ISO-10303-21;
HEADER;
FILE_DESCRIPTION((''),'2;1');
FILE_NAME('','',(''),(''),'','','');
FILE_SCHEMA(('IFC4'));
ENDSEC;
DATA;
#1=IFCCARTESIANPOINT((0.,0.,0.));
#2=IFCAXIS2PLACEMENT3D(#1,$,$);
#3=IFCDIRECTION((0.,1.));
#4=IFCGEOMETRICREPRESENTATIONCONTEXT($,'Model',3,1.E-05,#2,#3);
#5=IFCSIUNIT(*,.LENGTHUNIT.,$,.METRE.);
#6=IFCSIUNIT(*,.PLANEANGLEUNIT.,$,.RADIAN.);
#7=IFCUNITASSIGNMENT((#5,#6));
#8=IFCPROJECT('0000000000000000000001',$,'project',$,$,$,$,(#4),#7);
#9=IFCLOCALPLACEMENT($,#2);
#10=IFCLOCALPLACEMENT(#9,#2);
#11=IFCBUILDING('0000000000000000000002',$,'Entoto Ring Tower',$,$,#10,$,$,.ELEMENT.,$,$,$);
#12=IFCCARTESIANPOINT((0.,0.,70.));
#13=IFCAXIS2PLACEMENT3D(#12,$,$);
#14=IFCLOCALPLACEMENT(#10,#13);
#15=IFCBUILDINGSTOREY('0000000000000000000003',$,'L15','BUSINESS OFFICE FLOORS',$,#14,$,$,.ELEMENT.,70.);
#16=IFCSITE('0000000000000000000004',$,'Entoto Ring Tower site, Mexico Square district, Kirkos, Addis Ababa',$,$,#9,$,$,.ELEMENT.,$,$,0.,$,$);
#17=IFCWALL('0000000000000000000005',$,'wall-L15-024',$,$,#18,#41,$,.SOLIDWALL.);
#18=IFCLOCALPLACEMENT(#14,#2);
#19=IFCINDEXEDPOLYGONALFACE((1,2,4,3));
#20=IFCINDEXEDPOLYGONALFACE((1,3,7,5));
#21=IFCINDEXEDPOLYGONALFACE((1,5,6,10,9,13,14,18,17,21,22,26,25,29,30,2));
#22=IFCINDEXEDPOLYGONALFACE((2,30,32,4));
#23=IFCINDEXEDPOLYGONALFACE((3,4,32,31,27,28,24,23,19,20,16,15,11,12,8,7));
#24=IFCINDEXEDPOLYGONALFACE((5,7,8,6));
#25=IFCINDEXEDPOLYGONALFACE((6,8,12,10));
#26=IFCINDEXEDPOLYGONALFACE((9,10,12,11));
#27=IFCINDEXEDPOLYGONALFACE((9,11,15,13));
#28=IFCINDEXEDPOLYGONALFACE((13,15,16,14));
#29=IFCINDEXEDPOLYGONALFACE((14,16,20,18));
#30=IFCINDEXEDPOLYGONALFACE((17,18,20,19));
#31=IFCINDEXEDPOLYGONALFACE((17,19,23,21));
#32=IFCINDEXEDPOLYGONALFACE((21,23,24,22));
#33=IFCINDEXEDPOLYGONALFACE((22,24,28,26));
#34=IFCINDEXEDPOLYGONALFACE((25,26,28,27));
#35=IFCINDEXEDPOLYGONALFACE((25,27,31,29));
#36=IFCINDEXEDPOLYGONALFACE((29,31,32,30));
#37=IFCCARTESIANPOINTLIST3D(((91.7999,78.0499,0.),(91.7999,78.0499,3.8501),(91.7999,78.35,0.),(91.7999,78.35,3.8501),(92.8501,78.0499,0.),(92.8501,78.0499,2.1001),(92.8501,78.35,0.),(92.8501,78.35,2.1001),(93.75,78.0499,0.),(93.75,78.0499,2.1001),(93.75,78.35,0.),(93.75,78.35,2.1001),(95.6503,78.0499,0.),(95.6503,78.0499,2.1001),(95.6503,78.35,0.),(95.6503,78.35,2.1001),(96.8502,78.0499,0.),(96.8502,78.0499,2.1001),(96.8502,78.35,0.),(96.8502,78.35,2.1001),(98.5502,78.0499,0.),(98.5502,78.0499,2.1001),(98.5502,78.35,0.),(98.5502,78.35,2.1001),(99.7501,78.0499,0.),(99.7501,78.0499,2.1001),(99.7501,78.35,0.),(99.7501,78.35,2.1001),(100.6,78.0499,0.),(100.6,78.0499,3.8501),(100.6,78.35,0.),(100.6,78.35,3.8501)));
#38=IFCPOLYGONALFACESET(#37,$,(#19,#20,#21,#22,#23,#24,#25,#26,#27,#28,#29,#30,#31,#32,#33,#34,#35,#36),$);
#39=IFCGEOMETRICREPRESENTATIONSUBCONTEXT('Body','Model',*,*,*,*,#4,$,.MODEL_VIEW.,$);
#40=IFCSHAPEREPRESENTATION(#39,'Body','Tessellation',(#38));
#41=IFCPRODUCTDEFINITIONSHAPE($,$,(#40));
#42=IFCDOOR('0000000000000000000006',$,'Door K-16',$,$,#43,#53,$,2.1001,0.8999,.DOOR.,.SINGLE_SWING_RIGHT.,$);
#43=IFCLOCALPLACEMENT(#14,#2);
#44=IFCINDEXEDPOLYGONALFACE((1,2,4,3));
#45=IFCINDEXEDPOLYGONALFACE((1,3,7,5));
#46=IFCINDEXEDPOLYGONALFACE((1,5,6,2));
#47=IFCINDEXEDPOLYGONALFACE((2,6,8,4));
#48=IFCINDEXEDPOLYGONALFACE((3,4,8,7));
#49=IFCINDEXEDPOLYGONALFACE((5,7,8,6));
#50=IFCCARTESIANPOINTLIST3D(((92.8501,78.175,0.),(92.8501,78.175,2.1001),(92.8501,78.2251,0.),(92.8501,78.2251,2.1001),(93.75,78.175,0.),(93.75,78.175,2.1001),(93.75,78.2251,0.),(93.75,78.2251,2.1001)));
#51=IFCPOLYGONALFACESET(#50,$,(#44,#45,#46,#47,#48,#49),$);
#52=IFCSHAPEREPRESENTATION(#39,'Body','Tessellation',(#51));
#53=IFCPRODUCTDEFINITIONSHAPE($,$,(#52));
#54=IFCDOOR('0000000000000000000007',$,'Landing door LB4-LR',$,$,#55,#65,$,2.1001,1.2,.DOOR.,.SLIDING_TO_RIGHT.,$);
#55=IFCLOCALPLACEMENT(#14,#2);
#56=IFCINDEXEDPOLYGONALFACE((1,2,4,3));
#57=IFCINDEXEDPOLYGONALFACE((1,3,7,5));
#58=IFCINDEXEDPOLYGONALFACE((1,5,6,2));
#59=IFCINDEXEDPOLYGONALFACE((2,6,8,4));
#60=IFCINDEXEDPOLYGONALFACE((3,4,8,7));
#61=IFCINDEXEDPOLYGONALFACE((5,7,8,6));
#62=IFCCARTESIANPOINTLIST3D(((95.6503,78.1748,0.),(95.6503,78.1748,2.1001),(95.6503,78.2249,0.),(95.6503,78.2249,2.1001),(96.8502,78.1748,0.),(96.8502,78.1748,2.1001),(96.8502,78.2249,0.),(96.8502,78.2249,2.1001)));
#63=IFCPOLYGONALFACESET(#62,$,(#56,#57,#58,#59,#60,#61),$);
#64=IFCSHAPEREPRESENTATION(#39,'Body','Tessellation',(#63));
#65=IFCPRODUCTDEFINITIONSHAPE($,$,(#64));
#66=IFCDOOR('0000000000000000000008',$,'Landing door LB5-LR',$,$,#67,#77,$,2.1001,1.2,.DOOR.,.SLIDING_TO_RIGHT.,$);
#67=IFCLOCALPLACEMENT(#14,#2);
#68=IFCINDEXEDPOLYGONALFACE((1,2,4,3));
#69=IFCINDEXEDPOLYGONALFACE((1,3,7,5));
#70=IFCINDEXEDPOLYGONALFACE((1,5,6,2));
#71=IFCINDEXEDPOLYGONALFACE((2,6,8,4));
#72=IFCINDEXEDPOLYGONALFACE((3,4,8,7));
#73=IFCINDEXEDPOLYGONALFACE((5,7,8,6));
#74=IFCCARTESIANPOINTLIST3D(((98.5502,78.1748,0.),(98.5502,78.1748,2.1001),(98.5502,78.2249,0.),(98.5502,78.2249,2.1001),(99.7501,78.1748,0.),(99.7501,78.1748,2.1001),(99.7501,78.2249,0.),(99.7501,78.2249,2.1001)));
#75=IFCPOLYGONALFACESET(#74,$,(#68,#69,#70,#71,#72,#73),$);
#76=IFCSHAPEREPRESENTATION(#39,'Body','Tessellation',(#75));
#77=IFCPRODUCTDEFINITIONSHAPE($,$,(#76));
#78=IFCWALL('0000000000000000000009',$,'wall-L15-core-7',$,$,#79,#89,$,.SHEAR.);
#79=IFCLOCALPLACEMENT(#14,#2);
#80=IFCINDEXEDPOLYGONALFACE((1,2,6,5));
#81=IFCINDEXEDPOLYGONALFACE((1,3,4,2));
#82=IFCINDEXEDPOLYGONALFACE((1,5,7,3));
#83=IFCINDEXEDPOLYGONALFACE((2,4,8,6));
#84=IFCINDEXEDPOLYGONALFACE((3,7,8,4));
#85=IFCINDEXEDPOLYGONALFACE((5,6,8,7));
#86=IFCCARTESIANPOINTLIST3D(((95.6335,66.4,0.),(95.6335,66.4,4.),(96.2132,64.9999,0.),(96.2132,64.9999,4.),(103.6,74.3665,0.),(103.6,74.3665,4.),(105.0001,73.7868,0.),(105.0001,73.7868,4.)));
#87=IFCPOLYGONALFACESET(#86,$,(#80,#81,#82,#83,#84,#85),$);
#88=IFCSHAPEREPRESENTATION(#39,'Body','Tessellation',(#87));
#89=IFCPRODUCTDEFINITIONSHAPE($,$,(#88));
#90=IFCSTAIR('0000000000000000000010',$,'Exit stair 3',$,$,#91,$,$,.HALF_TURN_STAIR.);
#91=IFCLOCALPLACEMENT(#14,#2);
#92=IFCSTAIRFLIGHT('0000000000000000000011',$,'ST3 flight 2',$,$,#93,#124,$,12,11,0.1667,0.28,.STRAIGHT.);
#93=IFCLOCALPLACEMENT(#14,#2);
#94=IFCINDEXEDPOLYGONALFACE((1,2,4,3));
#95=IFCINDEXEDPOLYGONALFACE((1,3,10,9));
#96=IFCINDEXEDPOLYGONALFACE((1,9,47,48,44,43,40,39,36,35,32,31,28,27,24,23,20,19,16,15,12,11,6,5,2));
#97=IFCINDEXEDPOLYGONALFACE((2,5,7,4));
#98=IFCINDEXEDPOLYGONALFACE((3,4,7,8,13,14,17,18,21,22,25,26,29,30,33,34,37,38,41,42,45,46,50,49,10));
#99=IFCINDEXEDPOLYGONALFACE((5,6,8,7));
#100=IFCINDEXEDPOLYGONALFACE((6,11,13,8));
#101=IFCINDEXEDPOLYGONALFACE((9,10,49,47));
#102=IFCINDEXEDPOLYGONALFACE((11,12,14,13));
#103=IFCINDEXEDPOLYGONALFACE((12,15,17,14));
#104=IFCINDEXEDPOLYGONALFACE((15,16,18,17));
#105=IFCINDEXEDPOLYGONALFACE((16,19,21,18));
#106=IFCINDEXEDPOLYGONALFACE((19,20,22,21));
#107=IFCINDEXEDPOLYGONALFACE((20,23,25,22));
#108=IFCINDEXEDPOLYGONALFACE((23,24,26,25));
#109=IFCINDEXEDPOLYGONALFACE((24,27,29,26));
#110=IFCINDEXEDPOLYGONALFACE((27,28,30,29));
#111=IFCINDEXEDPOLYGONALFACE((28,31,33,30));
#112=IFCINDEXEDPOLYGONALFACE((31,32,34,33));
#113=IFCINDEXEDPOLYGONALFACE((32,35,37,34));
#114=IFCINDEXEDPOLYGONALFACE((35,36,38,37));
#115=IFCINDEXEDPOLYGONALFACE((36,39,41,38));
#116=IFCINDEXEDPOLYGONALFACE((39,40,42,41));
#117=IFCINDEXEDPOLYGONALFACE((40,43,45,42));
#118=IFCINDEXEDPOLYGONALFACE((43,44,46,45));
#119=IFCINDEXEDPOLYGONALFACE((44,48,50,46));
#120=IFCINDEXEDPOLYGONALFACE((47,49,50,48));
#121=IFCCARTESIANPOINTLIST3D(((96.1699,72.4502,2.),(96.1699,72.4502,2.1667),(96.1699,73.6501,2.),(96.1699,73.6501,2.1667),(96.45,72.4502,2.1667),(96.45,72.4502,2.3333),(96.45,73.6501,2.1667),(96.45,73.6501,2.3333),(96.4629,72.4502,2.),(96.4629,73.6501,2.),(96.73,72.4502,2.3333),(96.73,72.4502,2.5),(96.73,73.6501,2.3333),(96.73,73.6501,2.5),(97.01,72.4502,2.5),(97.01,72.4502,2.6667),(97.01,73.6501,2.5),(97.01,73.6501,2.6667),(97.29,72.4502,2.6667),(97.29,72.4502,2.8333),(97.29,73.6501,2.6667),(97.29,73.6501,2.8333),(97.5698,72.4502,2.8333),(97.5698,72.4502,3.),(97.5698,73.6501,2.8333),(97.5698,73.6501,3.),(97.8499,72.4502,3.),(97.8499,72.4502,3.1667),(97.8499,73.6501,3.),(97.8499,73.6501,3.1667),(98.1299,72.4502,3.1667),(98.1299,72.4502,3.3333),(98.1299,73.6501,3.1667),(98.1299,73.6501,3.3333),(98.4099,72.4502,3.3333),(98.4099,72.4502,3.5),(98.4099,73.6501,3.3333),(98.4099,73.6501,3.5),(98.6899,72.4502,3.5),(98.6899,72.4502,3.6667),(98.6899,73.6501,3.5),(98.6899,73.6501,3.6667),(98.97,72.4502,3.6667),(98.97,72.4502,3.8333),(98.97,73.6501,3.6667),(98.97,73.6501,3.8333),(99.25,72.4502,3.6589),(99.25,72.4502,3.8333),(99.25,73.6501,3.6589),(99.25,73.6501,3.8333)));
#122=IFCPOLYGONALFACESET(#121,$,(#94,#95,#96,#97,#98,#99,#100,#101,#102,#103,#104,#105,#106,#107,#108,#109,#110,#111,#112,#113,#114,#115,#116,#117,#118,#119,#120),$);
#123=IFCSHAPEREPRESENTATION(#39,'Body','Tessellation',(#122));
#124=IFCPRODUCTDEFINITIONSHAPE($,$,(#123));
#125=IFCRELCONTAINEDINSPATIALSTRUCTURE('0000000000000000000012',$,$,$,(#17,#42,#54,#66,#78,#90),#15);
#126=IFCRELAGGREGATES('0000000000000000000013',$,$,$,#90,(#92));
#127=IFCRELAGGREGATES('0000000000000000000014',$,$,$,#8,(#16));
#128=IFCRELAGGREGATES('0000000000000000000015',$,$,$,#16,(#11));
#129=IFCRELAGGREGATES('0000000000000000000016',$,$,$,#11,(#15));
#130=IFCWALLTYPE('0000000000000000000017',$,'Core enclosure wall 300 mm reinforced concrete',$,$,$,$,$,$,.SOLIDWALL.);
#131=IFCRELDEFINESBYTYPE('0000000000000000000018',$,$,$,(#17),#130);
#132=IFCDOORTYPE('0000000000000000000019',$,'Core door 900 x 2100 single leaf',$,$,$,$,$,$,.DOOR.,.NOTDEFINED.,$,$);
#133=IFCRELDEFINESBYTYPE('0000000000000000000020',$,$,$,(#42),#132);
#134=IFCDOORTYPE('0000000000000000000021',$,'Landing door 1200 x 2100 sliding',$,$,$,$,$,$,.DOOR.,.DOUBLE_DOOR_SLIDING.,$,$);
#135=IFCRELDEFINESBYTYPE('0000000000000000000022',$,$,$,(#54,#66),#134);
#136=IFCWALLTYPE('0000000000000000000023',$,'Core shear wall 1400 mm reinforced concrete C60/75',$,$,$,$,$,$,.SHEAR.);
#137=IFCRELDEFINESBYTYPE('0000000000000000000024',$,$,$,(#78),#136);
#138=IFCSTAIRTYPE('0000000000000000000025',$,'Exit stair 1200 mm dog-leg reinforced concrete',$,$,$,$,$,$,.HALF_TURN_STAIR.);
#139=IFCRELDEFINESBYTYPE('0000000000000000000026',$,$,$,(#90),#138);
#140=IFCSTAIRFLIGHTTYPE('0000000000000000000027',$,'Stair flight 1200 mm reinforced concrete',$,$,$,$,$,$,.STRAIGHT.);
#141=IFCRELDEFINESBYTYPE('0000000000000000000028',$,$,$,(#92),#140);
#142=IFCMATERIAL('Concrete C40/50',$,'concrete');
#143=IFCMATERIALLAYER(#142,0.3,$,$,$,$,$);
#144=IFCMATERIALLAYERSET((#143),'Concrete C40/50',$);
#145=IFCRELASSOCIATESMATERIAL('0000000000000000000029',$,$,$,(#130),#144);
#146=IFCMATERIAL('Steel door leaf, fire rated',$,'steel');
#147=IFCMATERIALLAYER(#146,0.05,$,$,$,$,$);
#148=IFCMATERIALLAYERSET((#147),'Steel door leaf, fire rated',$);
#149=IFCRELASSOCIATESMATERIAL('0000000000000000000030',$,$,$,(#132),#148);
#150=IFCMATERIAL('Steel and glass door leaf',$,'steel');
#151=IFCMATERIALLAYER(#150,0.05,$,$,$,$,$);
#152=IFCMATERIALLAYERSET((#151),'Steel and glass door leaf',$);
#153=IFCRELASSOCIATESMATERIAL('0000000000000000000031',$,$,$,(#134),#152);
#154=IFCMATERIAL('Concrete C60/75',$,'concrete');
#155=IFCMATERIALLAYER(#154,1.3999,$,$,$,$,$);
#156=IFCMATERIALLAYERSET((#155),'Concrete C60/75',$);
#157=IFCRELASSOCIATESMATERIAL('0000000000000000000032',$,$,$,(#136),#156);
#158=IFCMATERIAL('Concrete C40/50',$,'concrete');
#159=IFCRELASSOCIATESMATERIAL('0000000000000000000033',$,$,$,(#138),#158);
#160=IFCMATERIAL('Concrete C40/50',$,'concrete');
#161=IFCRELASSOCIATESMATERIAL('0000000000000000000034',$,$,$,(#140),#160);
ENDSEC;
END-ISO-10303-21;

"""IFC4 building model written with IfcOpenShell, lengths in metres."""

from ifc_helpers import new_model, si_unit, direction, frame, frame_2d, origin, place, context, subcontext, project, spatial, polyline, rectangle, outline, extrude, material, layer, layer_set, type_object, element, fill, aggregate, save


model = new_model("IFC4")

# Units and contexts
model_context = context("Model", 3, precision=1e-05, world=origin(), true_north=direction((0.0, 1.0)))
body_context = subcontext(model_context, "Body", "Model", "MODEL_VIEW")
ifc_project = project(units=[si_unit("LENGTHUNIT", "METRE"), si_unit("PLANEANGLEUNIT", "RADIAN")], contexts=[model_context])

# Site, building, storey
site_placement = place(None, origin())
site = spatial("IfcSite", under=ifc_project, at=site_placement, Name="Entoto Ring Tower site, Mexico Square district, Kirkos, Addis Ababa", CompositionType="ELEMENT", RefElevation=0.0)
building_placement = place(site_placement, origin())
building = spatial("IfcBuilding", under=site, at=building_placement, Name="Entoto Ring Tower", CompositionType="ELEMENT")
storey_placement = place(building_placement, frame((0.0, 0.0, 70.0)))
storey = spatial("IfcBuildingStorey", under=building, at=storey_placement, Name="L15", Description="BUSINESS OFFICE FLOORS", CompositionType="ELEMENT", Elevation=70.0)

# Shared definitions
ifc_material_1 = material(Name="Concrete C40/50", Category="concrete")
ifc_layer_1 = layer(ifc_material_1, 0.3)
ifc_layer_set_1 = layer_set([ifc_layer_1], Name="Concrete C40/50")
wall_type_1 = type_object("IfcWallType", Name="Core enclosure wall 300 mm reinforced concrete", PredefinedType="SOLIDWALL", material=ifc_layer_set_1)

# Shared definitions
ifc_material_2 = material(Name="Steel door leaf, fire rated", Category="steel")
ifc_layer_2 = layer(ifc_material_2, 0.05)
ifc_layer_set_2 = layer_set([ifc_layer_2], Name="Steel door leaf, fire rated")
door_type_1 = type_object("IfcDoorType", Name="Core door 900 x 2100 single leaf", OperationType="NOTDEFINED", PredefinedType="DOOR", material=ifc_layer_set_2)

# Wall, openings, doors
wall_1_placement = place(storey_placement, frame((91.8, 78.2, 0.0), z_axis=(0.0, 0.0, 1.0), x_axis=(1.0, 0.0, 0.0)))
wall_1 = element("IfcWall", 1, at=wall_1_placement, inside=storey, type_object=wall_type_1, Name="wall-L15-024", PredefinedType="SOLIDWALL", context=body_context, shape_type="SweptSolid", body=[
    extrude(rectangle(XDim=8.8, YDim=0.3, at=frame_2d((4.3999, 0.0))), origin(), (0.0, 0.0, 1.0), 3.8501),
])
opening_1_placement = place(wall_1_placement, frame((3.8501, 0.0, 0.0)))
opening_1 = element("IfcOpeningElement", 2, at=opening_1_placement, cuts=wall_1, PredefinedType="OPENING", context=body_context, shape_type="SweptSolid", body=[
    extrude(rectangle(XDim=1.2, YDim=2.1001, at=frame_2d((0.6001, 1.05))), frame((0.0, 0.1602, 0.0), z_axis=(0.0, -1.0, 0.0), x_axis=(1.0, 0.0, 0.0)), (0.0, 0.0, 1.0), 0.3201),
])
opening_2_placement = place(wall_1_placement, frame((6.75, 0.0, 0.0)))
opening_2 = element("IfcOpeningElement", 3, at=opening_2_placement, cuts=wall_1, PredefinedType="OPENING", context=body_context, shape_type="SweptSolid", body=[
    extrude(rectangle(XDim=1.2, YDim=2.1001, at=frame_2d((0.6001, 1.05))), frame((0.0, 0.1602, 0.0), z_axis=(0.0, -1.0, 0.0), x_axis=(1.0, 0.0, 0.0)), (0.0, 0.0, 1.0), 0.3201),
])
opening_3_placement = place(wall_1_placement, frame((1.05, 0.0, 0.0)))
opening_3 = element("IfcOpeningElement", 4, at=opening_3_placement, cuts=wall_1, PredefinedType="OPENING", context=body_context, shape_type="SweptSolid", body=[
    extrude(rectangle(XDim=0.8999, YDim=2.1001, at=frame_2d((0.45, 1.05))), frame((0.0, 0.1602, 0.0), z_axis=(0.0, -1.0, 0.0), x_axis=(1.0, 0.0, 0.0)), (0.0, 0.0, 1.0), 0.3201),
])
door_1_placement = place(opening_3_placement, frame((0.8999, 0.0, 0.0), z_axis=(0.0, 0.0, 1.0), x_axis=(-1.0, 0.0, 0.0)))
door_1 = element("IfcDoor", 5, at=door_1_placement, inside=storey, type_object=door_type_1, Name="Door K-16", OperationType="SINGLE_SWING_RIGHT", OverallHeight=2.1001, OverallWidth=0.8999, PredefinedType="DOOR", context=body_context, shape_type="SweptSolid", body=[
    extrude(rectangle(XDim=0.8999, YDim=2.1001, at=frame_2d((0.45, 1.05))), frame((0.0, 0.0249, 0.0), z_axis=(0.0, -1.0, 0.0), x_axis=(1.0, 0.0, 0.0)), (0.0, 0.0, 1.0), 0.05),
])
fill(opening_3, door_1)
ifc_material_3 = material(Name="Steel and glass door leaf", Category="steel")
ifc_layer_3 = layer(ifc_material_3, 0.05)
ifc_layer_set_3 = layer_set([ifc_layer_3], Name="Steel and glass door leaf")
door_type_2 = type_object("IfcDoorType", Name="Landing door 1200 x 2100 sliding", OperationType="DOUBLE_DOOR_SLIDING", PredefinedType="DOOR", material=ifc_layer_set_3)
door_2_placement = place(opening_1_placement, origin())
door_2 = element("IfcDoor", 6, at=door_2_placement, inside=storey, type_object=door_type_2, Name="Landing door LB4-LR", OperationType="SLIDING_TO_RIGHT", OverallHeight=2.1001, OverallWidth=1.2, PredefinedType="DOOR", context=body_context, shape_type="SweptSolid", body=[
    extrude(rectangle(XDim=1.2, YDim=2.1001, at=frame_2d((0.6001, 1.05))), frame((0.0, 0.0249, 0.0), z_axis=(0.0, -1.0, 0.0), x_axis=(1.0, 0.0, 0.0)), (0.0, 0.0, 1.0), 0.05),
])
fill(opening_1, door_2)
door_3_placement = place(opening_2_placement, origin())
door_3 = element("IfcDoor", 7, at=door_3_placement, inside=storey, type_object=door_type_2, Name="Landing door LB5-LR", OperationType="SLIDING_TO_RIGHT", OverallHeight=2.1001, OverallWidth=1.2, PredefinedType="DOOR", context=body_context, shape_type="SweptSolid", body=[
    extrude(rectangle(XDim=1.2, YDim=2.1001, at=frame_2d((0.6001, 1.05))), frame((0.0, 0.0249, 0.0), z_axis=(0.0, -1.0, 0.0), x_axis=(1.0, 0.0, 0.0)), (0.0, 0.0, 1.0), 0.05),
])
fill(opening_2, door_3)

# Wall
ifc_material_4 = material(Name="Concrete C60/75", Category="concrete")
ifc_layer_4 = layer(ifc_material_4, 1.3999)
ifc_layer_set_4 = layer_set([ifc_layer_4], Name="Concrete C60/75")
wall_type_2 = type_object("IfcWallType", Name="Core shear wall 1400 mm reinforced concrete C60/75", PredefinedType="SHEAR", material=ifc_layer_set_4)
wall_2_placement = place(storey_placement, frame((95.9233, 65.7, 0.0), z_axis=(0.0, 0.0, 1.0), x_axis=(0.707107, 0.707107, 0.0)))
element("IfcWall", 8, at=wall_2_placement, inside=storey, type_object=wall_type_2, Name="wall-L15-core-7", PredefinedType="SHEAR", context=body_context, shape_type="SweptSolid", body=[
    extrude(outline(polyline([(-0.29, -0.7), (12.1365, -0.7), (11.5564, 0.7), (0.29, 0.7), (-0.29, -0.7)])), origin(), (0.0, 0.0, 1.0), 4.0),
])

# Stair, stair flight
ifc_material_5 = material(Name="Concrete C40/50", Category="concrete")
stair_type = type_object("IfcStairType", Name="Exit stair 1200 mm dog-leg reinforced concrete", PredefinedType="HALF_TURN_STAIR", material=ifc_material_5)
stair_placement = place(storey_placement, origin())
stair = element("IfcStair", 9, at=stair_placement, inside=storey, type_object=stair_type, Name="Exit stair 3", PredefinedType="HALF_TURN_STAIR")
ifc_material_6 = material(Name="Concrete C40/50", Category="concrete")
stair_flight_type = type_object("IfcStairFlightType", Name="Stair flight 1200 mm reinforced concrete", PredefinedType="STRAIGHT", material=ifc_material_6)
stair_flight_placement = place(storey_placement, frame((96.1699, 73.05, 2.0), z_axis=(0.0, 0.0, 1.0), x_axis=(1.0, 0.0, 0.0)))
stair_flight = element("IfcStairFlight", 10, at=stair_flight_placement, type_object=stair_flight_type, Name="ST3 flight 2", NumberOfRisers=12, NumberOfTreads=11, PredefinedType="STRAIGHT", RiserHeight=0.1667, TreadLength=0.28, context=body_context, shape_type="SweptSolid", body=[
    extrude(outline(polyline([(0.0, 0.0), (0.0, 0.1667), (0.28, 0.1667), (0.28, 0.3333), (0.5601, 0.3333), (0.5601, 0.5), (0.8401, 0.5), (0.8401, 0.6667), (1.1201, 0.6667), (1.1201, 0.8333), (1.3999, 0.8333), (1.3999, 1.0), (1.6799, 1.0), (1.6799, 1.1667), (1.96, 1.1667), (1.96, 1.3333), (2.24, 1.3333), (2.24, 1.5), (2.52, 1.5), (2.52, 1.6667), (2.8, 1.6667), (2.8, 1.8333), (3.0801, 1.8333), (3.0801, 2.0), (3.0801, 1.6589), (0.293, 0.0), (0.0, 0.0)])), frame((0.0, 0.6001, 0.0), z_axis=(0.0, -1.0, 0.0), x_axis=(1.0, 0.0, 0.0)), (0.0, 0.0, 1.0), 1.2),
])
aggregate(stair, [stair_flight])

save(model, "model.ifc")
